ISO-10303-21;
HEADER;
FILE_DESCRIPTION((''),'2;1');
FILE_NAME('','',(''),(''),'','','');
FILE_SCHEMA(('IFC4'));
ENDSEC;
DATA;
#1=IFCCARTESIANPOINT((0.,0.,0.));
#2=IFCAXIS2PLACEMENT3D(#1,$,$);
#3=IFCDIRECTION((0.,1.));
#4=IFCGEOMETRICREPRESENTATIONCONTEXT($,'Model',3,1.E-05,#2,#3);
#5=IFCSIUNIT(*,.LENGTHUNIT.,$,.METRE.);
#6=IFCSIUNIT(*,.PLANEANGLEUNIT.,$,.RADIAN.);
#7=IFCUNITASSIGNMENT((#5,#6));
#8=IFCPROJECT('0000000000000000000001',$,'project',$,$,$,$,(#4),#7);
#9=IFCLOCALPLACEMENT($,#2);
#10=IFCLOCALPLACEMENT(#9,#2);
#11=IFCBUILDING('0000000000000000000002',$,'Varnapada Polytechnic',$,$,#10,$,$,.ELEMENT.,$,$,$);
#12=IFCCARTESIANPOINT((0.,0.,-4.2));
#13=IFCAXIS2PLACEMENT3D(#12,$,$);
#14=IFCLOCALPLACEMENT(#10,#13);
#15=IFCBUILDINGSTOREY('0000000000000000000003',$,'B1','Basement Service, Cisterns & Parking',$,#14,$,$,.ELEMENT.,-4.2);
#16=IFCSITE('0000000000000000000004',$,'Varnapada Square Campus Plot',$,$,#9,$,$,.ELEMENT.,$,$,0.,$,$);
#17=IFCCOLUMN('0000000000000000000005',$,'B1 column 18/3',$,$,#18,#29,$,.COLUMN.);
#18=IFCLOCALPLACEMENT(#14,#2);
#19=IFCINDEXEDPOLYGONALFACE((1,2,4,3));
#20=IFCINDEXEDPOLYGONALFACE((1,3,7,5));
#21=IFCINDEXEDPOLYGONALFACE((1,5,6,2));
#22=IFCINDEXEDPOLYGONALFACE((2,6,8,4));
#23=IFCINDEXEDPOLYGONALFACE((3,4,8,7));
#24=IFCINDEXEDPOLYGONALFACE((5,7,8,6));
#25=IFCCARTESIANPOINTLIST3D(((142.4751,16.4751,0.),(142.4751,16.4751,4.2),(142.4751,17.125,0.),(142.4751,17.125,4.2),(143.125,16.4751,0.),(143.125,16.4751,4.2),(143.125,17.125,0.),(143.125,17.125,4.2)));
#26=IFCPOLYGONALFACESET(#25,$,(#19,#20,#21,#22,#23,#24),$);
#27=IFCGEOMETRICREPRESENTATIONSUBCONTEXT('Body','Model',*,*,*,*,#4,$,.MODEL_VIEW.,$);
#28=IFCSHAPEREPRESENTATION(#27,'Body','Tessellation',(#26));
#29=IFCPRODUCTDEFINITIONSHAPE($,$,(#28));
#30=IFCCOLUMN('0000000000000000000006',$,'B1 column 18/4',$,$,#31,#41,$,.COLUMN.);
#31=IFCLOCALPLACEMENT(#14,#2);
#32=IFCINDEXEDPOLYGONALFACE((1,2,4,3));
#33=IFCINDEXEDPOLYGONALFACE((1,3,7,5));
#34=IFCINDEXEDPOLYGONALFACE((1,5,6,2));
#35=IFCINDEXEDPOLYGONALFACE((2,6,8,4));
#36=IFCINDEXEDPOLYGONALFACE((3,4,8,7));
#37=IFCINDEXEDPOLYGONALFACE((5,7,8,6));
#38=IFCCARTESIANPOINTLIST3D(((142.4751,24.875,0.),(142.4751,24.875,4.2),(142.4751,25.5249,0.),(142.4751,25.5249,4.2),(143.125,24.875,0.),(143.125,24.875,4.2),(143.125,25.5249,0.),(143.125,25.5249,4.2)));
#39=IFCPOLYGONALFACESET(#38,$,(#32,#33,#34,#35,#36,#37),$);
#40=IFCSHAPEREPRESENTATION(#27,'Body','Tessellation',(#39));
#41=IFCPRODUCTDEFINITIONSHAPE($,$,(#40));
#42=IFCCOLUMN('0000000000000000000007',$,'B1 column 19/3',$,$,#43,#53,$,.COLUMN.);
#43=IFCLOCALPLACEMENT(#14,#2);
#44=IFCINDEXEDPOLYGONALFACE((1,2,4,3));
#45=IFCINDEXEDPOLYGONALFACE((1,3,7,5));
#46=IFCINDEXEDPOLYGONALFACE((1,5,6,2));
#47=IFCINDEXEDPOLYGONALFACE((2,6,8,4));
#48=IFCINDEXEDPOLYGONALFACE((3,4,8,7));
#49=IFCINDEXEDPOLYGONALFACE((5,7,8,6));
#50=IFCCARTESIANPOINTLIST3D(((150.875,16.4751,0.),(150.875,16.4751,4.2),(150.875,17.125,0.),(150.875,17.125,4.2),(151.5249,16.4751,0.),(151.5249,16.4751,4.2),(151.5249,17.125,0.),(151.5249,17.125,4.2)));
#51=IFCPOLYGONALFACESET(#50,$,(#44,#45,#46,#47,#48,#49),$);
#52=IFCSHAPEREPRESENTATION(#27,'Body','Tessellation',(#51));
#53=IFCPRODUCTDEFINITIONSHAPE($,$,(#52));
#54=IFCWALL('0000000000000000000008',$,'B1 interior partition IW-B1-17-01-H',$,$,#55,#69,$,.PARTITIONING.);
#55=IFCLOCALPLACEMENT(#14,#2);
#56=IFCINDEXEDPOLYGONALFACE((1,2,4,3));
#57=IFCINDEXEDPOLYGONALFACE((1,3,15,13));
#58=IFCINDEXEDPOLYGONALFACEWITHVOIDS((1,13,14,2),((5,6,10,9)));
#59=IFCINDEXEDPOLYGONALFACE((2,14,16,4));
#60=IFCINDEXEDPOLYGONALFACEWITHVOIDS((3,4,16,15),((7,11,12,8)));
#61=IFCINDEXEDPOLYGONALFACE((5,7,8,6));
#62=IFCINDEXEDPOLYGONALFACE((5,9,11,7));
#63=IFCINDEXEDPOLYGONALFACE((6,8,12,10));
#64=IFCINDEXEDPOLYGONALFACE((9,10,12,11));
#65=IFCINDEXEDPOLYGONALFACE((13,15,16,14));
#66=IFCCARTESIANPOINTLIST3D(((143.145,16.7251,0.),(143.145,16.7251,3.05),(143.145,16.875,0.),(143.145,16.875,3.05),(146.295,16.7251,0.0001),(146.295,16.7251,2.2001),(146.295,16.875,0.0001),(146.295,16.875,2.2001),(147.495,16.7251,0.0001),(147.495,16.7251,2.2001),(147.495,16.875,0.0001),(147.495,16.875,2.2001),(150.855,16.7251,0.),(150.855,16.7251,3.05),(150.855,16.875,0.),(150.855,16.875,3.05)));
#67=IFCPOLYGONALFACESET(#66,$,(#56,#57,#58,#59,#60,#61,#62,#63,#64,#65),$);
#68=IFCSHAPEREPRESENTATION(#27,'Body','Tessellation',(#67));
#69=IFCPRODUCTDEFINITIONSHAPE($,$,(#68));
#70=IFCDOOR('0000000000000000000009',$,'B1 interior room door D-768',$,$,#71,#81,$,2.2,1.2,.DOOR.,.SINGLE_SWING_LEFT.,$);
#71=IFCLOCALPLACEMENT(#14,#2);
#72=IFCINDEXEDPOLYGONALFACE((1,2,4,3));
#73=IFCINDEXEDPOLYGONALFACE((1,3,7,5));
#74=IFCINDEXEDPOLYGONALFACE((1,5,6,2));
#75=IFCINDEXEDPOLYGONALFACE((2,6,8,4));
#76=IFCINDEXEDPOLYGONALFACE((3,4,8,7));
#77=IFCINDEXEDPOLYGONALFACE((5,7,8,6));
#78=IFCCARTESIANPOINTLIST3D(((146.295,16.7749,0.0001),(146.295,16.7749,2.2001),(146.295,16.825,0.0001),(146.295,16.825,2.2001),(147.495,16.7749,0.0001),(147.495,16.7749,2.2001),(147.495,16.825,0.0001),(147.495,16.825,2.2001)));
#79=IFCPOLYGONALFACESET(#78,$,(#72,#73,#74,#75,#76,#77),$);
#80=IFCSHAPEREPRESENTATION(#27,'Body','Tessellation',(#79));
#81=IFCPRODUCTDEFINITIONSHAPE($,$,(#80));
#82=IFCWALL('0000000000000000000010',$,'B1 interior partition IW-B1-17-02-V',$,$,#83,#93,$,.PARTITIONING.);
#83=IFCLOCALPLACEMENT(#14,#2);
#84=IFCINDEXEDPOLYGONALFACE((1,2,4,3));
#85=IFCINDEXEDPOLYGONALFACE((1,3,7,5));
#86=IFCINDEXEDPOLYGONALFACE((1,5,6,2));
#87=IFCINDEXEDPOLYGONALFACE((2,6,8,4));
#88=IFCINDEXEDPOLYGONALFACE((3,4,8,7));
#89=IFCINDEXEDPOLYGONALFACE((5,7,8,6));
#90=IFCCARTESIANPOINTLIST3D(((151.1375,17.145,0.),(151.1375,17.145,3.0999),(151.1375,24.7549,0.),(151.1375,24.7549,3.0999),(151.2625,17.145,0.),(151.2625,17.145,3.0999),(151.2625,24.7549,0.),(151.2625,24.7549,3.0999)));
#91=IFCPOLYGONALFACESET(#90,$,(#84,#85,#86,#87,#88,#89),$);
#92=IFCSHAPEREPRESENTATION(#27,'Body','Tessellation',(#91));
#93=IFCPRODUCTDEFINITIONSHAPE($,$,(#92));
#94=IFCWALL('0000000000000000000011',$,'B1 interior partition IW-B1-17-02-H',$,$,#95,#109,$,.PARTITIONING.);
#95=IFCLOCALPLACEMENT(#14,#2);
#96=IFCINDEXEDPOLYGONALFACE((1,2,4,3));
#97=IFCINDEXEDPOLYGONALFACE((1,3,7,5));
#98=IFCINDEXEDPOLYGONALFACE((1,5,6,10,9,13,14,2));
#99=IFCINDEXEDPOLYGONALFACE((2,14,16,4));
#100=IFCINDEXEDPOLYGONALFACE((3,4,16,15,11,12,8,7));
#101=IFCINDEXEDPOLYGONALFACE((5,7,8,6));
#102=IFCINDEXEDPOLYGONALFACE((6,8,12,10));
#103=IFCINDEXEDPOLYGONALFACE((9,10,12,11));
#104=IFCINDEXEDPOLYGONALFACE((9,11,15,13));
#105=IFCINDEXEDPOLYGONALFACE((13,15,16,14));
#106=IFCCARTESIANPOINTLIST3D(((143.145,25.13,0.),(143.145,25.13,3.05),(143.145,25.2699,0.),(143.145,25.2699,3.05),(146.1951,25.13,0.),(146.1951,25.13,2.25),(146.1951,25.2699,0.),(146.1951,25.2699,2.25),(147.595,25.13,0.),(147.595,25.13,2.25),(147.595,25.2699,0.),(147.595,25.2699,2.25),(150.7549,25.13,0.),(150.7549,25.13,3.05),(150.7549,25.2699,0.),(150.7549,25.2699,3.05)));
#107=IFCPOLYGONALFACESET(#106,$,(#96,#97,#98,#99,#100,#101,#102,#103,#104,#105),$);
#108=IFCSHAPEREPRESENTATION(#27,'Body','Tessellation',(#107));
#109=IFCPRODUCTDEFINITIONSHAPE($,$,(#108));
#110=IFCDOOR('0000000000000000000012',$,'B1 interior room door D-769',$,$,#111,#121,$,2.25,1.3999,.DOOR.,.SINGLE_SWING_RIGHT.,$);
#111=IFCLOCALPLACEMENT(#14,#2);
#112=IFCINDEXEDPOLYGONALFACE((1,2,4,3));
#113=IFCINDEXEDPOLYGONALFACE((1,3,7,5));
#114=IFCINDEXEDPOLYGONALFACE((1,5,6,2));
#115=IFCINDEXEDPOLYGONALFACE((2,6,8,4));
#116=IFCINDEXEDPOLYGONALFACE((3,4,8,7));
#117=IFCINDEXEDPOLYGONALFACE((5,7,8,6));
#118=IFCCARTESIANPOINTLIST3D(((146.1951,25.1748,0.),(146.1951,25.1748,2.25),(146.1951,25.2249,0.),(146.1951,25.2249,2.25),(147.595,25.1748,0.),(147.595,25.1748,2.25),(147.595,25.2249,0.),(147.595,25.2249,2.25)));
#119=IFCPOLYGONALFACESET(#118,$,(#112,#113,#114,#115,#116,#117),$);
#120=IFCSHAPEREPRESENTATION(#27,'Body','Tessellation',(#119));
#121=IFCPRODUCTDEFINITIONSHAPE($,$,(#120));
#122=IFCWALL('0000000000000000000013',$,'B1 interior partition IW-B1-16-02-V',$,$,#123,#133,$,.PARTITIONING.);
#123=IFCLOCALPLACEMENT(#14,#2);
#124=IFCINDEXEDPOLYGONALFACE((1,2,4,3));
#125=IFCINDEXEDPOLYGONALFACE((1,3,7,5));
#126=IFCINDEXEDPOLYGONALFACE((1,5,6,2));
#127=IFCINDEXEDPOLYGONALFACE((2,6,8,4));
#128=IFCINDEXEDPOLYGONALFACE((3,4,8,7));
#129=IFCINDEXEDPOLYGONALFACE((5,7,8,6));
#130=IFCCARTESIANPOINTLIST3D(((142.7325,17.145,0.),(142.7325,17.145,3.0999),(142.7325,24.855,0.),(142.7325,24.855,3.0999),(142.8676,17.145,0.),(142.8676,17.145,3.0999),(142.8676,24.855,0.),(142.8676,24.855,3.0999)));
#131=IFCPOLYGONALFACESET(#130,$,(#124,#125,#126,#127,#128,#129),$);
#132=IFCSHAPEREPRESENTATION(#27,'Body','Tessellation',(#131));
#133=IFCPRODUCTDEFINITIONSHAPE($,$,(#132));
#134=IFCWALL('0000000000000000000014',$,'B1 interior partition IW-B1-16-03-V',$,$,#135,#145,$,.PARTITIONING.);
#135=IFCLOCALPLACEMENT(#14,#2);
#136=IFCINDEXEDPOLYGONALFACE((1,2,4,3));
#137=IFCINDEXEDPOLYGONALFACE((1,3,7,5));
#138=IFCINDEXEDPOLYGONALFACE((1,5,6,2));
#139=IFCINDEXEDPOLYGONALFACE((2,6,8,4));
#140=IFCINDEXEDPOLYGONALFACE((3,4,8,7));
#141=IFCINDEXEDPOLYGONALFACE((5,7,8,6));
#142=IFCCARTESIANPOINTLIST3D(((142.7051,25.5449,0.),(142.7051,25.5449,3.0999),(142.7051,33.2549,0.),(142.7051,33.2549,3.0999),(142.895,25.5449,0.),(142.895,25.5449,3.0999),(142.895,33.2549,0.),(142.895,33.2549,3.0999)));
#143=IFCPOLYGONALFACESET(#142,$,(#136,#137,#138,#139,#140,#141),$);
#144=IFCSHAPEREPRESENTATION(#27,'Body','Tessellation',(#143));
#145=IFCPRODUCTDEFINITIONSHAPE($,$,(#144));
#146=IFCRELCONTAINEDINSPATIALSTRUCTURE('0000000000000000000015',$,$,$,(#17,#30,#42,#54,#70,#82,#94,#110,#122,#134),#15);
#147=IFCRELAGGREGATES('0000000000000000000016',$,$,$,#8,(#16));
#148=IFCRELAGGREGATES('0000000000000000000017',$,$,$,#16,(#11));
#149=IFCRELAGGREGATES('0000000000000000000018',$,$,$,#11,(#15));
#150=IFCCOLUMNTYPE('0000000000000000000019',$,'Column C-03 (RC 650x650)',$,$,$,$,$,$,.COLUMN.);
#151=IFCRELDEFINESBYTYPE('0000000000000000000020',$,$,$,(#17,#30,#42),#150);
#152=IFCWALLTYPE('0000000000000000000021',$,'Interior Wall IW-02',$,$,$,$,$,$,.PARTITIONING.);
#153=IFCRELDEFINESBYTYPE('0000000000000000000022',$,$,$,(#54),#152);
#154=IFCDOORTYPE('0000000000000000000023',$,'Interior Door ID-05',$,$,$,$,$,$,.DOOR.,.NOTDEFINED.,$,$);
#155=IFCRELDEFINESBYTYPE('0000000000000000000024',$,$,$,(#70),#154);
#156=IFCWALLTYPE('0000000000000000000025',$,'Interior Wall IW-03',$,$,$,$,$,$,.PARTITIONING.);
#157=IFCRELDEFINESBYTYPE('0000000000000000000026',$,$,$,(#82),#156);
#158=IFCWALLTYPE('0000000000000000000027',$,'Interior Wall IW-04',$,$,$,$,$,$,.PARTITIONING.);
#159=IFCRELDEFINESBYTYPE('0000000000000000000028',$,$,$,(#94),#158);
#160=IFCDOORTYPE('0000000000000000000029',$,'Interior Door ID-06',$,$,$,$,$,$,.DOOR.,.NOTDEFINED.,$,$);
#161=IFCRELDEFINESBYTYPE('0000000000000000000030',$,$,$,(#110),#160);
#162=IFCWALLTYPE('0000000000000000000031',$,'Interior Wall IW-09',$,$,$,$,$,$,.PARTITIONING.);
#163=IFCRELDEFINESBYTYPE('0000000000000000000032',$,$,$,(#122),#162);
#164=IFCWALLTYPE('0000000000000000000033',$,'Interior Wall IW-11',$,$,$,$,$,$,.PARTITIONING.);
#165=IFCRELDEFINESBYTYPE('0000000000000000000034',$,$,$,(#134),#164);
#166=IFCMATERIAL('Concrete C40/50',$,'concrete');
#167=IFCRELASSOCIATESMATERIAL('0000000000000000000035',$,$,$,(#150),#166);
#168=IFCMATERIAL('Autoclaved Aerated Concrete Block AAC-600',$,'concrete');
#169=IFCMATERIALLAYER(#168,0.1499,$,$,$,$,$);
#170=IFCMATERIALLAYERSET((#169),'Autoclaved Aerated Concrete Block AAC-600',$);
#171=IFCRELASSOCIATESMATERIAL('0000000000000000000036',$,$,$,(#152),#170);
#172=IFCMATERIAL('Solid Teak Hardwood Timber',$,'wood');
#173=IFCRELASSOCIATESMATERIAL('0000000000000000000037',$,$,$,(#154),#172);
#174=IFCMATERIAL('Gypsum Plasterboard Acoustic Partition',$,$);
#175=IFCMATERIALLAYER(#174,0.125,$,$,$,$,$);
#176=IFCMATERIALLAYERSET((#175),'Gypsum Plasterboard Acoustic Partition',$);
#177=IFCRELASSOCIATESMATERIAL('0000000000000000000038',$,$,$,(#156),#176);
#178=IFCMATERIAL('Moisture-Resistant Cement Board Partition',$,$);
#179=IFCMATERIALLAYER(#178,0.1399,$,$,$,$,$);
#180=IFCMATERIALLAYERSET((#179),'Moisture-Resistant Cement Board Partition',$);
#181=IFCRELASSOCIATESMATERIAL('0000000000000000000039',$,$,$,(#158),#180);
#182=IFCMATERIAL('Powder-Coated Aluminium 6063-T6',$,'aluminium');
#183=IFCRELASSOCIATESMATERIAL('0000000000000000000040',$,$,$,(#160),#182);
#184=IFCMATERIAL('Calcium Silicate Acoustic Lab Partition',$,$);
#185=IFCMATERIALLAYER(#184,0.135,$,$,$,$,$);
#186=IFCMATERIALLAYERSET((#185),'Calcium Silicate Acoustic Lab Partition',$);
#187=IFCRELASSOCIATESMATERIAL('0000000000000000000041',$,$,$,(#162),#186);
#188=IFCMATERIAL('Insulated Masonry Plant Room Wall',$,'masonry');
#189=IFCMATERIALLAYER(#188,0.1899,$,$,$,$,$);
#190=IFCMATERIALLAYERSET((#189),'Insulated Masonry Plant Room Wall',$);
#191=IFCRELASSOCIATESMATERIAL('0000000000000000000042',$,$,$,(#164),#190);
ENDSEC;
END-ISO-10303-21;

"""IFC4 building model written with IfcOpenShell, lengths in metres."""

from ifc_helpers import new_model, si_unit, direction, frame, frame_2d, origin, origin_2d, place, context, subcontext, project, spatial, rectangle, extrude, material, layer, layer_set, material_profile, profile_set, type_object, element, fill, save


model = new_model("IFC4")

# Units and contexts
model_context = context("Model", 3, precision=1e-05, world=origin(), true_north=direction((0.0, 1.0)))
body_context = subcontext(model_context, "Body", "Model", "MODEL_VIEW")
ifc_project = project(units=[si_unit("LENGTHUNIT", "METRE"), si_unit("PLANEANGLEUNIT", "RADIAN")], contexts=[model_context])

# Site, building, storey
site_placement = place(None, origin())
site = spatial("IfcSite", under=ifc_project, at=site_placement, Name="Varnapada Square Campus Plot", CompositionType="ELEMENT", RefElevation=0.0)
building_placement = place(site_placement, origin())
building = spatial("IfcBuilding", under=site, at=building_placement, Name="Varnapada Polytechnic", CompositionType="ELEMENT")
storey_placement = place(building_placement, frame((0.0, 0.0, -4.2)))
storey = spatial("IfcBuildingStorey", under=building, at=storey_placement, Name="B1", Description="Basement Service, Cisterns & Parking", CompositionType="ELEMENT", Elevation=-4.2)

# Shared definitions
ifc_material_1 = material(Name="Concrete C40/50", Category="concrete")

# Columns
ifc_material_profile_1 = material_profile(ifc_material_1, rectangle(XDim=0.6499, YDim=0.6499, at=origin_2d()), Name="RC 650x650")
ifc_profile_set_1 = profile_set([ifc_material_profile_1], Name="Concrete C40/50")
column_type = type_object("IfcColumnType", Name="Column C-03 (RC 650x650)", PredefinedType="COLUMN", material=ifc_profile_set_1)
for number, where, z_axis, x_axis, name in (
    (1, (142.8, 16.8, 0.0), (0.0, 0.0, 1.0), (1.0, 0.0, 0.0), "B1 column 18/3"),
    (2, (142.8, 25.2, 0.0), (0.0, 0.0, 1.0), (1.0, 0.0, 0.0), "B1 column 18/4"),
    (3, (151.2, 16.8, 0.0), (0.0, 0.0, 1.0), (1.0, 0.0, 0.0), "B1 column 19/3"),
):
    element("IfcColumn", number, at=place(storey_placement, frame(where, z_axis=z_axis, x_axis=x_axis)), inside=storey, type_object=column_type, Name=name, PredefinedType="COLUMN", context=body_context, shape_type="SweptSolid", body=[
        extrude(rectangle(XDim=0.6499, YDim=0.6499, at=origin_2d()), origin(), (0.0, 0.0, 1.0), 4.2),
    ])

# Wall, opening, door
ifc_material_2 = material(Name="Autoclaved Aerated Concrete Block AAC-600", Category="concrete")
ifc_layer_1 = layer(ifc_material_2, 0.1499)
ifc_layer_set_1 = layer_set([ifc_layer_1], Name="Autoclaved Aerated Concrete Block AAC-600")
wall_type_1 = type_object("IfcWallType", Name="Interior Wall IW-02", PredefinedType="PARTITIONING", material=ifc_layer_set_1)
wall_1_placement = place(storey_placement, frame((143.145, 16.8, 0.0), z_axis=(0.0, 0.0, 1.0), x_axis=(1.0, 0.0, 0.0)))
wall_1 = element("IfcWall", 4, at=wall_1_placement, inside=storey, type_object=wall_type_1, Name="B1 interior partition IW-B1-17-01-H", PredefinedType="PARTITIONING", context=body_context, shape_type="SweptSolid", body=[
    extrude(rectangle(XDim=7.71, YDim=0.1499, at=frame_2d((3.855, 0.0))), origin(), (0.0, 0.0, 1.0), 3.05),
])
opening_1_placement = place(wall_1_placement, frame((3.1499, 0.0, 0.0)))
opening_1 = element("IfcOpeningElement", 5, at=opening_1_placement, cuts=wall_1, PredefinedType="OPENING", context=body_context, shape_type="SweptSolid", body=[
    extrude(rectangle(XDim=1.2, YDim=2.2, at=frame_2d((0.6001, 1.1001))), frame((0.0, 0.085, 0.0), z_axis=(0.0, -1.0, 0.0), x_axis=(1.0, 0.0, 0.0)), (0.0, 0.0, 1.0), 0.1699),
])
ifc_material_3 = material(Name="Solid Teak Hardwood Timber", Category="wood")
door_type_1 = type_object("IfcDoorType", Name="Interior Door ID-05", OperationType="NOTDEFINED", PredefinedType="DOOR", material=ifc_material_3)
door_1_placement = place(opening_1_placement, origin())
door_1 = element("IfcDoor", 6, at=door_1_placement, inside=storey, type_object=door_type_1, Name="B1 interior room door D-768", OperationType="SINGLE_SWING_LEFT", OverallHeight=2.2, OverallWidth=1.2, PredefinedType="DOOR", context=body_context, shape_type="SweptSolid", body=[
    extrude(rectangle(XDim=1.2, YDim=2.2, at=frame_2d((0.6001, 1.1001))), frame((0.0, 0.0249, 0.0), z_axis=(0.0, -1.0, 0.0), x_axis=(1.0, 0.0, 0.0)), (0.0, 0.0, 1.0), 0.05),
])
fill(opening_1, door_1)

# Wall
ifc_material_4 = material(Name="Gypsum Plasterboard Acoustic Partition")
ifc_layer_2 = layer(ifc_material_4, 0.125)
ifc_layer_set_2 = layer_set([ifc_layer_2], Name="Gypsum Plasterboard Acoustic Partition")
wall_type_2 = type_object("IfcWallType", Name="Interior Wall IW-03", PredefinedType="PARTITIONING", material=ifc_layer_set_2)
wall_2_placement = place(storey_placement, frame((151.2, 17.145, 0.0), z_axis=(0.0, 0.0, 1.0), x_axis=(0.0, 1.0, 0.0)))
element("IfcWall", 7, at=wall_2_placement, inside=storey, type_object=wall_type_2, Name="B1 interior partition IW-B1-17-02-V", PredefinedType="PARTITIONING", context=body_context, shape_type="SweptSolid", body=[
    extrude(rectangle(XDim=7.6099, YDim=0.125, at=frame_2d((3.8049, 0.0))), origin(), (0.0, 0.0, 1.0), 3.0999),
])

# Wall, opening, door
ifc_material_5 = material(Name="Moisture-Resistant Cement Board Partition")
ifc_layer_3 = layer(ifc_material_5, 0.1399)
ifc_layer_set_3 = layer_set([ifc_layer_3], Name="Moisture-Resistant Cement Board Partition")
wall_type_3 = type_object("IfcWallType", Name="Interior Wall IW-04", PredefinedType="PARTITIONING", material=ifc_layer_set_3)
wall_3_placement = place(storey_placement, frame((143.145, 25.2, 0.0), z_axis=(0.0, 0.0, 1.0), x_axis=(1.0, 0.0, 0.0)))
wall_3 = element("IfcWall", 8, at=wall_3_placement, inside=storey, type_object=wall_type_3, Name="B1 interior partition IW-B1-17-02-H", PredefinedType="PARTITIONING", context=body_context, shape_type="SweptSolid", body=[
    extrude(rectangle(XDim=7.6099, YDim=0.1399, at=frame_2d((3.8049, 0.0))), origin(), (0.0, 0.0, 1.0), 3.05),
])
opening_2_placement = place(wall_3_placement, frame((3.05, 0.0, 0.0)))
opening_2 = element("IfcOpeningElement", 9, at=opening_2_placement, cuts=wall_3, PredefinedType="OPENING", context=body_context, shape_type="SweptSolid", body=[
    extrude(rectangle(XDim=1.3999, YDim=2.25, at=frame_2d((0.7, 1.125))), frame((0.0, 0.0798, 0.0), z_axis=(0.0, -1.0, 0.0), x_axis=(1.0, 0.0, 0.0)), (0.0, 0.0, 1.0), 0.1599),
])
ifc_material_6 = material(Name="Powder-Coated Aluminium 6063-T6", Category="aluminium")
door_type_2 = type_object("IfcDoorType", Name="Interior Door ID-06", OperationType="NOTDEFINED", PredefinedType="DOOR", material=ifc_material_6)
door_2_placement = place(opening_2_placement, origin())
door_2 = element("IfcDoor", 10, at=door_2_placement, inside=storey, type_object=door_type_2, Name="B1 interior room door D-769", OperationType="SINGLE_SWING_RIGHT", OverallHeight=2.25, OverallWidth=1.3999, PredefinedType="DOOR", context=body_context, shape_type="SweptSolid", body=[
    extrude(rectangle(XDim=1.3999, YDim=2.25, at=frame_2d((0.7, 1.125))), frame((0.0, 0.0249, 0.0), z_axis=(0.0, -1.0, 0.0), x_axis=(1.0, 0.0, 0.0)), (0.0, 0.0, 1.0), 0.05),
])
fill(opening_2, door_2)

# Walls
ifc_material_7 = material(Name="Calcium Silicate Acoustic Lab Partition")
ifc_layer_4 = layer(ifc_material_7, 0.135)
ifc_layer_set_4 = layer_set([ifc_layer_4], Name="Calcium Silicate Acoustic Lab Partition")
wall_type_4 = type_object("IfcWallType", Name="Interior Wall IW-09", PredefinedType="PARTITIONING", material=ifc_layer_set_4)
wall_4_placement = place(storey_placement, frame((142.8, 17.145, 0.0), z_axis=(0.0, 0.0, 1.0), x_axis=(0.0, 1.0, 0.0)))
element("IfcWall", 11, at=wall_4_placement, inside=storey, type_object=wall_type_4, Name="B1 interior partition IW-B1-16-02-V", PredefinedType="PARTITIONING", context=body_context, shape_type="SweptSolid", body=[
    extrude(rectangle(XDim=7.71, YDim=0.135, at=frame_2d((3.855, 0.0))), origin(), (0.0, 0.0, 1.0), 3.0999),
])
ifc_material_8 = material(Name="Insulated Masonry Plant Room Wall", Category="masonry")
ifc_layer_5 = layer(ifc_material_8, 0.1899)
ifc_layer_set_5 = layer_set([ifc_layer_5], Name="Insulated Masonry Plant Room Wall")
wall_type_5 = type_object("IfcWallType", Name="Interior Wall IW-11", PredefinedType="PARTITIONING", material=ifc_layer_set_5)
wall_5_placement = place(storey_placement, frame((142.8, 25.5449, 0.0), z_axis=(0.0, 0.0, 1.0), x_axis=(0.0, 1.0, 0.0)))
element("IfcWall", 12, at=wall_5_placement, inside=storey, type_object=wall_type_5, Name="B1 interior partition IW-B1-16-03-V", PredefinedType="PARTITIONING", context=body_context, shape_type="SweptSolid", body=[
    extrude(rectangle(XDim=7.71, YDim=0.1899, at=frame_2d((3.855, 0.0))), origin(), (0.0, 0.0, 1.0), 3.0999),
])

save(model, "model.ifc")
